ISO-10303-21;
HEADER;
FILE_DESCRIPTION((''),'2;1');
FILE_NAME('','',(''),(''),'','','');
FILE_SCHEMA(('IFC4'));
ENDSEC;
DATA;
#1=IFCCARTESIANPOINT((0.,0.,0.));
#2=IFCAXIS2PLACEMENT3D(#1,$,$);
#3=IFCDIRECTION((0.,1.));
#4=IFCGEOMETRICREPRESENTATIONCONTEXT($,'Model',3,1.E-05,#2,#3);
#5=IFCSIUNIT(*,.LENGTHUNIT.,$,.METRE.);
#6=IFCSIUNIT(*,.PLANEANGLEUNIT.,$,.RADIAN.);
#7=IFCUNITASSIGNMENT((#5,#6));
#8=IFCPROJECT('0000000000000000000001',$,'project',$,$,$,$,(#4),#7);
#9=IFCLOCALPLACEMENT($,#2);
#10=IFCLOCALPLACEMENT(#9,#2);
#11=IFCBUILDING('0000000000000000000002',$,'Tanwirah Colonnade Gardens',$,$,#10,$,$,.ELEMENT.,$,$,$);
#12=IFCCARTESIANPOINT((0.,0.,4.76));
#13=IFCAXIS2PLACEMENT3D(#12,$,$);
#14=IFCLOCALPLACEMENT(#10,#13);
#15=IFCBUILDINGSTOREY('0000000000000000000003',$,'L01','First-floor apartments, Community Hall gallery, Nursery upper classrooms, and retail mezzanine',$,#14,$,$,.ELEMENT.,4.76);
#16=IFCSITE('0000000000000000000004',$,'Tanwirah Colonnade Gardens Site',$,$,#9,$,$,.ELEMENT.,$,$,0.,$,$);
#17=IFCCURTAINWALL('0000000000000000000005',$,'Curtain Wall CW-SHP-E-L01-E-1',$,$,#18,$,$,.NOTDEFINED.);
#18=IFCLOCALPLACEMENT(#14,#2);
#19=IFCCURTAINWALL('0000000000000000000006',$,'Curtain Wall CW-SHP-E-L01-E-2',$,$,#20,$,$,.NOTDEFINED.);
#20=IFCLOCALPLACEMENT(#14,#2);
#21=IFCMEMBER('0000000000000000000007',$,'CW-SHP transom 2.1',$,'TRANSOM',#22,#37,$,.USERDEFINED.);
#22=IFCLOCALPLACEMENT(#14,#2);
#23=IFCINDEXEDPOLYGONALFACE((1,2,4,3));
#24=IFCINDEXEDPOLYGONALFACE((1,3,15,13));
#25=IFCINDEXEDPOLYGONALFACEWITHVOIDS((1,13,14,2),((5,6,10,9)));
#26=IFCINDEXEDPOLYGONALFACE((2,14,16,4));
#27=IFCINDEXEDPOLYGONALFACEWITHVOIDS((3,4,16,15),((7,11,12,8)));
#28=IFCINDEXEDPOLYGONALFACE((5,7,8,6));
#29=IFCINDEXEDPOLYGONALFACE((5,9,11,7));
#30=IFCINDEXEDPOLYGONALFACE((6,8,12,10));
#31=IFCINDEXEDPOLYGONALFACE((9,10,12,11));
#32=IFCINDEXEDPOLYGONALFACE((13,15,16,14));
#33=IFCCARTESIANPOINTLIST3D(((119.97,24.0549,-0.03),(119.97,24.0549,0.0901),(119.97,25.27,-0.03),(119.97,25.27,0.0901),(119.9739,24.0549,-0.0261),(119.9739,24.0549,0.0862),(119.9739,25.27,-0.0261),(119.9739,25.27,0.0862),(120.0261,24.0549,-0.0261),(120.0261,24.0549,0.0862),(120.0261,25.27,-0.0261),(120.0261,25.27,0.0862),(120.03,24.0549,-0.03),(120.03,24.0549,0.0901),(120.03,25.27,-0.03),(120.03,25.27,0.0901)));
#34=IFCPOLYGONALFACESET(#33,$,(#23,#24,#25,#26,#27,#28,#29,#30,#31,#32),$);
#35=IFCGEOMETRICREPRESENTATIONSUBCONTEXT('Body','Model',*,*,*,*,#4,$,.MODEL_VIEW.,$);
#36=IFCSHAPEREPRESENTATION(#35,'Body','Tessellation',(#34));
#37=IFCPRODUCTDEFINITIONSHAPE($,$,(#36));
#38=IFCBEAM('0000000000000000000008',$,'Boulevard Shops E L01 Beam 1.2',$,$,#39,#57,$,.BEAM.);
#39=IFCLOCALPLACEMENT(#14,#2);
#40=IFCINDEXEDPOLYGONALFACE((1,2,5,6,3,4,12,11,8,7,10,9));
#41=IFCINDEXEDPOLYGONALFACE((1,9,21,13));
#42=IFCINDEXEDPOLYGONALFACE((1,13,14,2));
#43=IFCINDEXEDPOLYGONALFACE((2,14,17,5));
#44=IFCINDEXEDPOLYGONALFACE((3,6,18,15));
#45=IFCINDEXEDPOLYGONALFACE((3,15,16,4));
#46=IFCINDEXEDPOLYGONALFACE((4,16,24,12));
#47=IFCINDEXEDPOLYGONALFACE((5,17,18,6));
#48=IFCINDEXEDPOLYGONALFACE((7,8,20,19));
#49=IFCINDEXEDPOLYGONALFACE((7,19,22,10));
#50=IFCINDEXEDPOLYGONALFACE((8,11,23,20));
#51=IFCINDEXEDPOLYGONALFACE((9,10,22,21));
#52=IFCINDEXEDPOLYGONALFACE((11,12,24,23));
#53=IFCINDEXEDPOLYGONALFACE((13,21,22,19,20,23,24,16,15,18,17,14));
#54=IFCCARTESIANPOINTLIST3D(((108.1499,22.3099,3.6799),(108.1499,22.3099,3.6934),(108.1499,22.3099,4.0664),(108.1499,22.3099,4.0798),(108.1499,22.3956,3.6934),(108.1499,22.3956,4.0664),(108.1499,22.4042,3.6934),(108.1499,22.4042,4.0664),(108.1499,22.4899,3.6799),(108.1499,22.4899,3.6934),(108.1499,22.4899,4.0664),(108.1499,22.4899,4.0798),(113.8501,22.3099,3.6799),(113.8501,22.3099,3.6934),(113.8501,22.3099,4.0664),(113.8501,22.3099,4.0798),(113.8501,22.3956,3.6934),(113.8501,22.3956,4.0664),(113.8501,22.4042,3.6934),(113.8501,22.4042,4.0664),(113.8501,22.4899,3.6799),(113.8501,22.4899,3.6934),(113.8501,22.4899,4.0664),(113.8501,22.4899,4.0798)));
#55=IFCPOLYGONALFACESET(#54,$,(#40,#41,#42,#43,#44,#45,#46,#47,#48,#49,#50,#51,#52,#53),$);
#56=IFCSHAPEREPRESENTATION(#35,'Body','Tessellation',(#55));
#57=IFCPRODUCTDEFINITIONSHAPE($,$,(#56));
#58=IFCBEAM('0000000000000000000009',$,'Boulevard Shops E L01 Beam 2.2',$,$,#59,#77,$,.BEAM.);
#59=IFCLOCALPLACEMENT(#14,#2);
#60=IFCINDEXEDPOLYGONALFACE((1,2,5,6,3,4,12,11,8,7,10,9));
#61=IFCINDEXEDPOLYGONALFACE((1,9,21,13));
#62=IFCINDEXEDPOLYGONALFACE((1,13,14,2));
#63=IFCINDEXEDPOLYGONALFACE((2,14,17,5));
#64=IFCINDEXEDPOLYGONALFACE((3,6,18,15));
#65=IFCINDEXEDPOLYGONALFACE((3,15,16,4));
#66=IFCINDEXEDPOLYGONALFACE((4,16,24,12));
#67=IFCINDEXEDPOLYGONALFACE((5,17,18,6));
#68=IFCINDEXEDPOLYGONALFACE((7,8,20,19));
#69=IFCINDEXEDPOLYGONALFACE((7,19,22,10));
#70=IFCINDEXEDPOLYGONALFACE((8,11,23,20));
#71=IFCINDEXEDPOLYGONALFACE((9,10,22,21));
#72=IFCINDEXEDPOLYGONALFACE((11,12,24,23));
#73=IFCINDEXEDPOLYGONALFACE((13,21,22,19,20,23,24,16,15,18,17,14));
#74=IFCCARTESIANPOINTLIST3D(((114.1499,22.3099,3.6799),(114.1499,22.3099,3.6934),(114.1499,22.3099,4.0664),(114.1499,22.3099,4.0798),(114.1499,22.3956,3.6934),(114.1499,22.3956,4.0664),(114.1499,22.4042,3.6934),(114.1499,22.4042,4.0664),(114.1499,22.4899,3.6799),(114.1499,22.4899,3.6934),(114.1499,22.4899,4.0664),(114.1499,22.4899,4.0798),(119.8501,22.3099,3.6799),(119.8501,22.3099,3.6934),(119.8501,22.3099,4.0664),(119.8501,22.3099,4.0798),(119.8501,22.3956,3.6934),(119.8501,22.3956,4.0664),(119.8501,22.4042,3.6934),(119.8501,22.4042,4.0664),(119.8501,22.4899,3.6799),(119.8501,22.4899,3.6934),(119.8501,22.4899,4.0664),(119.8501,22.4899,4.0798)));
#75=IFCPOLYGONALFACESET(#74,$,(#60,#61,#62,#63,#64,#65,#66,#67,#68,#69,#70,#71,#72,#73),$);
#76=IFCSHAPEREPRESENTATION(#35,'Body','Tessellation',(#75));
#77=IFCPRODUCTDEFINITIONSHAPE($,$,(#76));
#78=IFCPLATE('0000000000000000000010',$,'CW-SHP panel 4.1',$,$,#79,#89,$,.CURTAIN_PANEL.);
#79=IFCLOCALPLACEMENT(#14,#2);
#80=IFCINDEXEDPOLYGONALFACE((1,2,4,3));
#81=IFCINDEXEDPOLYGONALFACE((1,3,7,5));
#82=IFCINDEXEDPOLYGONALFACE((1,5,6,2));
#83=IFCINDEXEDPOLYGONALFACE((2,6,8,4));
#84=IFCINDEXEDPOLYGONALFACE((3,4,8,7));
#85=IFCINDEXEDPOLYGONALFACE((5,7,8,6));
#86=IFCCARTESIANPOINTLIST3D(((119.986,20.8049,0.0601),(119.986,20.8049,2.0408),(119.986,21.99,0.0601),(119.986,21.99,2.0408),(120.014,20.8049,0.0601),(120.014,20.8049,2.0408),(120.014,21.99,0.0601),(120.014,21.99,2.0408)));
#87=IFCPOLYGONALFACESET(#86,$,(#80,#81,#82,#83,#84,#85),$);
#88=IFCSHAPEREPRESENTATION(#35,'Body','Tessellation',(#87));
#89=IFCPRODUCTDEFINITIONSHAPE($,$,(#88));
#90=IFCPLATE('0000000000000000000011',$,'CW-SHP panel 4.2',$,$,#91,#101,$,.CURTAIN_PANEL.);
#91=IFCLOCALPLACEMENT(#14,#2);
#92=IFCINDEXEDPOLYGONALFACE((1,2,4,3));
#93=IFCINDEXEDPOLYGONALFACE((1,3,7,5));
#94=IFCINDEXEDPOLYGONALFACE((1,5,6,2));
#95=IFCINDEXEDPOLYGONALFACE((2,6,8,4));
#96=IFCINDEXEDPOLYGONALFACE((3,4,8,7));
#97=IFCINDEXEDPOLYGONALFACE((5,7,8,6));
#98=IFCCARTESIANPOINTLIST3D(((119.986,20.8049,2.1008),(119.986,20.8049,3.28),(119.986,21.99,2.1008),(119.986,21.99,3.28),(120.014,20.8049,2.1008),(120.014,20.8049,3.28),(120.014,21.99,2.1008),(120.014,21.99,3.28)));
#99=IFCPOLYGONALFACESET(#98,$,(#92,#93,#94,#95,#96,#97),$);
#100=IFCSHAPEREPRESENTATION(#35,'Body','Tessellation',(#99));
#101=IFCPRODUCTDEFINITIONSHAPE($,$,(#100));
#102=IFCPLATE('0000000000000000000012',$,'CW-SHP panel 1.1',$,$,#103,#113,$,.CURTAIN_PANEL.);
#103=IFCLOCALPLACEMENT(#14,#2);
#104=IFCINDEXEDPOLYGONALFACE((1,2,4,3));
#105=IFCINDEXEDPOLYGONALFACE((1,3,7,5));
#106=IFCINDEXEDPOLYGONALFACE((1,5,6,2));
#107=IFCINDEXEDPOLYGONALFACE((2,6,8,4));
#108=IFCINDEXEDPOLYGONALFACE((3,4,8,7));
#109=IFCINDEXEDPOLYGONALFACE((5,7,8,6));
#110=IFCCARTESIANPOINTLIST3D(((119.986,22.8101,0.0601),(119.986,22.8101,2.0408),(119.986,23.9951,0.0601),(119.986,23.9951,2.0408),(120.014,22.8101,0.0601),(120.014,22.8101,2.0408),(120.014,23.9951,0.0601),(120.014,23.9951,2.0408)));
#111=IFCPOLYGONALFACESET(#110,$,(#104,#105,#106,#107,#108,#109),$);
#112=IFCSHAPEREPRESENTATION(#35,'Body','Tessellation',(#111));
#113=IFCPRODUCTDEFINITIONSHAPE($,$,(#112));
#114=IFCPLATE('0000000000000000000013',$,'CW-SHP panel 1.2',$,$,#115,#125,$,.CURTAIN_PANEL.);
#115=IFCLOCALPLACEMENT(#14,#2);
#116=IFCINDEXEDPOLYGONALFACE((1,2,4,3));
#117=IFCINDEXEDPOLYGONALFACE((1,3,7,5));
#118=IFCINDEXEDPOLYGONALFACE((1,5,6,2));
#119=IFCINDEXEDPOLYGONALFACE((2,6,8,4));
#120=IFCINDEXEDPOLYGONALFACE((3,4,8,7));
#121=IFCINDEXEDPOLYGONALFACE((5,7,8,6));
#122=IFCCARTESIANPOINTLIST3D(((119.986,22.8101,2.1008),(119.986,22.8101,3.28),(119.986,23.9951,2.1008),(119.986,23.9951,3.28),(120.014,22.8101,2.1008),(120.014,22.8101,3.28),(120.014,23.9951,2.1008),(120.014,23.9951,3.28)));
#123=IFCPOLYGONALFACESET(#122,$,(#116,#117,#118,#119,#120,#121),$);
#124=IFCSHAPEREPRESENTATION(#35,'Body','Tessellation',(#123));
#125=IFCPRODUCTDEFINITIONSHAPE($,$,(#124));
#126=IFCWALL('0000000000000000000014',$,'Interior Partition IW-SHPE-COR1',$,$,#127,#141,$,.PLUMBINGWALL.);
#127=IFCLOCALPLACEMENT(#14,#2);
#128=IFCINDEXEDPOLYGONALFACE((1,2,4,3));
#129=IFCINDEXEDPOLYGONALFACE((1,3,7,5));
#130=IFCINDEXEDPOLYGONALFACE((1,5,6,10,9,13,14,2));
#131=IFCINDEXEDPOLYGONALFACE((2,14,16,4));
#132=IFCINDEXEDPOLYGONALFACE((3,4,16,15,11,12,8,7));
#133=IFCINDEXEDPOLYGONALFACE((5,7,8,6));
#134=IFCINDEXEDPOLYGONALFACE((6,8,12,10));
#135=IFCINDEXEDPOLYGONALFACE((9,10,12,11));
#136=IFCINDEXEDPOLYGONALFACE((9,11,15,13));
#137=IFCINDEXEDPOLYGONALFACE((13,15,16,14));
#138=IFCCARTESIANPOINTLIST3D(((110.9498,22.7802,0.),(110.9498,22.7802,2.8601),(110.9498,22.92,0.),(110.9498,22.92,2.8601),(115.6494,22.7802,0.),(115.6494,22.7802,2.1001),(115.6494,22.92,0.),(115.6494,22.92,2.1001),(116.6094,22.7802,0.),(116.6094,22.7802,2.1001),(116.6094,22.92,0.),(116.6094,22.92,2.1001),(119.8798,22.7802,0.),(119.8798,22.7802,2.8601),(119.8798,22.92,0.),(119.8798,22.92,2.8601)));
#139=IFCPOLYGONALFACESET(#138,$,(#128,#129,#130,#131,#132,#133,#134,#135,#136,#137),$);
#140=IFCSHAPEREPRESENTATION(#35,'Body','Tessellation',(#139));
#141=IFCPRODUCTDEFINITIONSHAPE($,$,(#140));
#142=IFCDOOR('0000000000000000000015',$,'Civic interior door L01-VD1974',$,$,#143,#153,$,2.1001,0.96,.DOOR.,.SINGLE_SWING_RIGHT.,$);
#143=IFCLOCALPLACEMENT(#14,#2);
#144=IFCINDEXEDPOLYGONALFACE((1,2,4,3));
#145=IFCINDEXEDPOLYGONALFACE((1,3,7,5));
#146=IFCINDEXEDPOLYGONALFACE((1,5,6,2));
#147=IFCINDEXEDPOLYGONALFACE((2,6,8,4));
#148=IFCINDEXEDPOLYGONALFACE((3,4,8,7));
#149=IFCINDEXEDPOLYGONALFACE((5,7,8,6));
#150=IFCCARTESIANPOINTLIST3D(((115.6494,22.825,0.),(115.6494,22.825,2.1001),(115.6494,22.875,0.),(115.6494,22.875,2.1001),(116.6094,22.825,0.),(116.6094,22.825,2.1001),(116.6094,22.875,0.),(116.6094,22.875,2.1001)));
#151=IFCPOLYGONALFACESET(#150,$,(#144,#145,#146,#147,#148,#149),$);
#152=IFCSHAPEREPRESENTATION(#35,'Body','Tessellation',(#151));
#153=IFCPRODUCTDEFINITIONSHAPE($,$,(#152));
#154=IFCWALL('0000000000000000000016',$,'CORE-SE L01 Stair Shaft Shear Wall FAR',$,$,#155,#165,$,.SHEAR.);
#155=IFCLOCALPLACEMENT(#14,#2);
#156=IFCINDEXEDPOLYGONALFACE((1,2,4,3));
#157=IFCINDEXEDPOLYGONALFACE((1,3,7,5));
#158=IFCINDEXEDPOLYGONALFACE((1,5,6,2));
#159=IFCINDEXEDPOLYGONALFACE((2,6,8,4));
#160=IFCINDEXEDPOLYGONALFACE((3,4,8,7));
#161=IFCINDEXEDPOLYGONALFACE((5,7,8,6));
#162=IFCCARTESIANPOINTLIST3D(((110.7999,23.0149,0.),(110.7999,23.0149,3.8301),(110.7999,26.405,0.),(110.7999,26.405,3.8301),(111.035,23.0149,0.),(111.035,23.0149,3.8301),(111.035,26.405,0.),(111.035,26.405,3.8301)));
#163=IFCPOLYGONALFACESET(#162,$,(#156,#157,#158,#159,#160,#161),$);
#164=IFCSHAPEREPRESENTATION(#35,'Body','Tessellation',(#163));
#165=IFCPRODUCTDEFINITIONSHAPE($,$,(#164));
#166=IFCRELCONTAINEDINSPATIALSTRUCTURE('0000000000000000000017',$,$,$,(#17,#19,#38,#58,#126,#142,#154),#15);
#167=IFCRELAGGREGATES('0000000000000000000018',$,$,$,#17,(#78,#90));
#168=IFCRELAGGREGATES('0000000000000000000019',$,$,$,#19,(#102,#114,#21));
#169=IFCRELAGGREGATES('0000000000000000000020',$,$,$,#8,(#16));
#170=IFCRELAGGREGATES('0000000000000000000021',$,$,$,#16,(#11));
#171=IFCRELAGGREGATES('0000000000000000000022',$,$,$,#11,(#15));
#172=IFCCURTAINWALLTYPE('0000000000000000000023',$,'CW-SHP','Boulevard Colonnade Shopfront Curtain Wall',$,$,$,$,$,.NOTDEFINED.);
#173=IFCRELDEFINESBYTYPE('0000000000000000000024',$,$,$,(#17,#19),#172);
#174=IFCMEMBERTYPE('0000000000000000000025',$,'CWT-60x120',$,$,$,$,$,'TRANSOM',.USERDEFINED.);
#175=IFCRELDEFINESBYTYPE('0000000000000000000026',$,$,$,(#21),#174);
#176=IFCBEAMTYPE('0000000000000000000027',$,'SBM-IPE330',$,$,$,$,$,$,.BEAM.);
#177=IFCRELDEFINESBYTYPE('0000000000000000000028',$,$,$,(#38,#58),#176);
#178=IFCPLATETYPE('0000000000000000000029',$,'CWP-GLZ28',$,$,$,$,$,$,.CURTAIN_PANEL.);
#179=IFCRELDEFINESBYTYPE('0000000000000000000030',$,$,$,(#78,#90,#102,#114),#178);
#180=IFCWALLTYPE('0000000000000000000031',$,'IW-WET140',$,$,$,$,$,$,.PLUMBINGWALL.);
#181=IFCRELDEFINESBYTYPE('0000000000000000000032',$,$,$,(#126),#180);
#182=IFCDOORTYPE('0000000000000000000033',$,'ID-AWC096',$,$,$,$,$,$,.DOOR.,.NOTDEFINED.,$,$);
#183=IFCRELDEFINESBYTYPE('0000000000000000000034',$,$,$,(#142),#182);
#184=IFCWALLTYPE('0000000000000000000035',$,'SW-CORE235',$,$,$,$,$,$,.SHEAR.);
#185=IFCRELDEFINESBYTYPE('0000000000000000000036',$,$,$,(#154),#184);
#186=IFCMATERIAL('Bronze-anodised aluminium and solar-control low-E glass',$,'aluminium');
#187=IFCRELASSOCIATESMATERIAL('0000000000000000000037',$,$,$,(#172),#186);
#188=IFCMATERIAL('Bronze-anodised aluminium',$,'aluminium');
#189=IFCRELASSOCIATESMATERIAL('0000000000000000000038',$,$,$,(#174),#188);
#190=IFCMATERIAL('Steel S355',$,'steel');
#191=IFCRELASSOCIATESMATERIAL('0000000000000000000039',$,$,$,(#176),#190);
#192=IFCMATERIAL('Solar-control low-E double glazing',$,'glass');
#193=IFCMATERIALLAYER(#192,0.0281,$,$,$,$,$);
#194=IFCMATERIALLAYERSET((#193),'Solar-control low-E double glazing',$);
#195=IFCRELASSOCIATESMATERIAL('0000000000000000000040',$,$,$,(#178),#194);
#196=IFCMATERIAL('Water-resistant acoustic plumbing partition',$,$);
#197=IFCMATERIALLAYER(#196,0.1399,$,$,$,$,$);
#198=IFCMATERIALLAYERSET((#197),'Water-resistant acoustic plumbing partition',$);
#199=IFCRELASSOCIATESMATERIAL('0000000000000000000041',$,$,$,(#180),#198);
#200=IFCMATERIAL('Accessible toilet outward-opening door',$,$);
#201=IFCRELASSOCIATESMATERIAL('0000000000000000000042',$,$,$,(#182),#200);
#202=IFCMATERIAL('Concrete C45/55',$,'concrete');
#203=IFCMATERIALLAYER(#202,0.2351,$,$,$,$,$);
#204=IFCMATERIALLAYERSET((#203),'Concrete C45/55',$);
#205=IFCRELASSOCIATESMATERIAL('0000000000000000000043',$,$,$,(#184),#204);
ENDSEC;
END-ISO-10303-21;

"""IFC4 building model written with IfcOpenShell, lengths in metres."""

from ifc_helpers import new_model, si_unit, direction, frame, frame_2d, origin, origin_2d, place, context, subcontext, project, spatial, rectangle, hollow_rectangle, i_section, extrude, material, layer, layer_set, material_profile, profile_set, type_object, element, fill, aggregate, save


model = new_model("IFC4")

# Units and contexts
model_context = context("Model", 3, precision=1e-05, world=origin(), true_north=direction((0.0, 1.0)))
body_context = subcontext(model_context, "Body", "Model", "MODEL_VIEW")
ifc_project = project(units=[si_unit("LENGTHUNIT", "METRE"), si_unit("PLANEANGLEUNIT", "RADIAN")], contexts=[model_context])

# Site, building, storey
site_placement = place(None, origin())
site = spatial("IfcSite", under=ifc_project, at=site_placement, Name="Tanwirah Colonnade Gardens Site", CompositionType="ELEMENT", RefElevation=0.0)
building_placement = place(site_placement, origin())
building = spatial("IfcBuilding", under=site, at=building_placement, Name="Tanwirah Colonnade Gardens", CompositionType="ELEMENT")
storey_placement = place(building_placement, frame((0.0, 0.0, 4.76)))
storey = spatial("IfcBuildingStorey", under=building, at=storey_placement, Name="L01", Description="First-floor apartments, Community Hall gallery, Nursery upper classrooms, and retail mezzanine", CompositionType="ELEMENT", Elevation=4.76)

# Curtain wall
ifc_material_1 = material(Name="Bronze-anodised aluminium and solar-control low-E glass", Category="aluminium")
curtain_wall_type = type_object("IfcCurtainWallType", Name="CW-SHP", Description="Boulevard Colonnade Shopfront Curtain Wall", PredefinedType="NOTDEFINED", material=ifc_material_1)
curtain_wall_1_placement = place(storey_placement, origin())
curtain_wall_1 = element("IfcCurtainWall", 1, at=curtain_wall_1_placement, inside=storey, type_object=curtain_wall_type, Name="Curtain Wall CW-SHP-E-L01-E-1", PredefinedType="NOTDEFINED")
ifc_material_2 = material(Name="Bronze-anodised aluminium", Category="aluminium")

# Curtain wall
curtain_wall_2_placement = place(storey_placement, origin())
curtain_wall_2 = element("IfcCurtainWall", 2, at=curtain_wall_2_placement, inside=storey, type_object=curtain_wall_type, Name="Curtain Wall CW-SHP-E-L01-E-2", PredefinedType="NOTDEFINED")

# Member
ifc_material_profile_1 = material_profile(ifc_material_2, hollow_rectangle(XDim=0.0601, YDim=0.1201, WallThickness=0.0039, at=origin_2d()), Name="CW-TRN 60x120x4")
ifc_profile_set_1 = profile_set([ifc_material_profile_1], Name="Bronze-anodised aluminium")
member_type_1 = type_object("IfcMemberType", Name="CWT-60x120", ElementType="TRANSOM", PredefinedType="USERDEFINED", material=ifc_profile_set_1)
member_1_placement = place(storey_placement, frame((120.0, 24.0549, 0.03), z_axis=(0.0, 1.0, 0.0), x_axis=(-1.0, 0.0, 0.0)))
member_1 = element("IfcMember", 3, at=member_1_placement, type_object=member_type_1, Name="CW-SHP transom 2.1", ObjectType="TRANSOM", PredefinedType="USERDEFINED", context=body_context, shape_type="SweptSolid", body=[
    extrude(hollow_rectangle(XDim=0.0601, YDim=0.1201, WallThickness=0.0039, at=origin_2d()), origin(), (0.0, 0.0, 1.0), 1.2151),
])

# Beams
ifc_material_3 = material(Name="Steel S355", Category="steel")
ifc_material_profile_2 = material_profile(ifc_material_3, i_section(OverallWidth=0.1799, OverallDepth=0.3999, WebThickness=0.0085, FlangeThickness=0.0134, at=origin_2d()), Name="IPE 400")
ifc_profile_set_2 = profile_set([ifc_material_profile_2], Name="Steel S355")
beam_type = type_object("IfcBeamType", Name="SBM-IPE330", PredefinedType="BEAM", material=ifc_profile_set_2)
for number, where, z_axis, x_axis, name in (
    (4, (108.1499, 22.3999, 3.8799), (1.0, 0.0, 0.0), (0.0, 1.0, 0.0), "Boulevard Shops E L01 Beam 1.2"),
    (5, (114.1499, 22.3999, 3.8799), (1.0, 0.0, 0.0), (0.0, 1.0, 0.0), "Boulevard Shops E L01 Beam 2.2"),
):
    element("IfcBeam", number, at=place(storey_placement, frame(where, z_axis=z_axis, x_axis=x_axis)), inside=storey, type_object=beam_type, Name=name, PredefinedType="BEAM", context=body_context, shape_type="SweptSolid", body=[
        extrude(i_section(OverallWidth=0.1799, OverallDepth=0.3999, WebThickness=0.0085, FlangeThickness=0.0134, at=origin_2d()), origin(), (0.0, 0.0, 1.0), 5.7002),
    ])

# Plates
ifc_material_4 = material(Name="Solar-control low-E double glazing", Category="glass")
ifc_layer_1 = layer(ifc_material_4, 0.0281)
ifc_layer_set_1 = layer_set([ifc_layer_1], Name="Solar-control low-E double glazing")
plate_type = type_object("IfcPlateType", Name="CWP-GLZ28", PredefinedType="CURTAIN_PANEL", material=ifc_layer_set_1)
plate_1_placement = place(storey_placement, frame((120.0, 21.3975, 0.0601), z_axis=(0.0, 0.0, 1.0), x_axis=(0.0, 1.0, 0.0)))
plate_1 = element("IfcPlate", 6, at=plate_1_placement, type_object=plate_type, Name="CW-SHP panel 4.1", PredefinedType="CURTAIN_PANEL", context=body_context, shape_type="SweptSolid", body=[
    extrude(rectangle(XDim=1.1851, YDim=0.0281, at=origin_2d()), origin(), (0.0, 0.0, 1.0), 1.9807),
])
plate_2_placement = place(storey_placement, frame((120.0, 21.3975, 2.1008), z_axis=(0.0, 0.0, 1.0), x_axis=(0.0, 1.0, 0.0)))
plate_2 = element("IfcPlate", 7, at=plate_2_placement, type_object=plate_type, Name="CW-SHP panel 4.2", PredefinedType="CURTAIN_PANEL", context=body_context, shape_type="SweptSolid", body=[
    extrude(rectangle(XDim=1.1851, YDim=0.0281, at=origin_2d()), origin(), (0.0, 0.0, 1.0), 1.1792),
])
aggregate(curtain_wall_1, [plate_1, plate_2])
plate_3_placement = place(storey_placement, frame((120.0, 23.4026, 0.0601), z_axis=(0.0, 0.0, 1.0), x_axis=(0.0, 1.0, 0.0)))
plate_3 = element("IfcPlate", 8, at=plate_3_placement, type_object=plate_type, Name="CW-SHP panel 1.1", PredefinedType="CURTAIN_PANEL", context=body_context, shape_type="SweptSolid", body=[
    extrude(rectangle(XDim=1.1851, YDim=0.0281, at=origin_2d()), origin(), (0.0, 0.0, 1.0), 1.9807),
])
plate_4_placement = place(storey_placement, frame((120.0, 23.4026, 2.1008), z_axis=(0.0, 0.0, 1.0), x_axis=(0.0, 1.0, 0.0)))
plate_4 = element("IfcPlate", 9, at=plate_4_placement, type_object=plate_type, Name="CW-SHP panel 1.2", PredefinedType="CURTAIN_PANEL", context=body_context, shape_type="SweptSolid", body=[
    extrude(rectangle(XDim=1.1851, YDim=0.0281, at=origin_2d()), origin(), (0.0, 0.0, 1.0), 1.1792),
])
aggregate(curtain_wall_2, [plate_3, plate_4, member_1])

# Wall, opening, door
ifc_material_5 = material(Name="Water-resistant acoustic plumbing partition")
ifc_layer_2 = layer(ifc_material_5, 0.1399)
ifc_layer_set_2 = layer_set([ifc_layer_2], Name="Water-resistant acoustic plumbing partition")
wall_type_1 = type_object("IfcWallType", Name="IW-WET140", PredefinedType="PLUMBINGWALL", material=ifc_layer_set_2)
wall_1_placement = place(storey_placement, frame((110.95, 22.8501, 0.0), z_axis=(0.0, 0.0, 1.0), x_axis=(1.0, 0.0, 0.0)))
wall_1 = element("IfcWall", 10, at=wall_1_placement, inside=storey, type_object=wall_type_1, Name="Interior Partition IW-SHPE-COR1", PredefinedType="PLUMBINGWALL", context=body_context, shape_type="SweptSolid", body=[
    extrude(rectangle(XDim=8.9299, YDim=0.1399, at=frame_2d((4.4648, 0.0))), origin(), (0.0, 0.0, 1.0), 2.8601),
])
opening_placement = place(wall_1_placement, frame((4.6995, 0.0, 0.0)))
opening = element("IfcOpeningElement", 11, at=opening_placement, cuts=wall_1, PredefinedType="OPENING", context=body_context, shape_type="SweptSolid", body=[
    extrude(rectangle(XDim=0.96, YDim=2.1001, at=frame_2d((0.48, 1.05))), frame((0.0, 0.0798, 0.0), z_axis=(0.0, -1.0, 0.0), x_axis=(1.0, 0.0, 0.0)), (0.0, 0.0, 1.0), 0.1599),
])
ifc_material_6 = material(Name="Accessible toilet outward-opening door")
door_type = type_object("IfcDoorType", Name="ID-AWC096", OperationType="NOTDEFINED", PredefinedType="DOOR", material=ifc_material_6)
door_placement = place(opening_placement, origin())
door = element("IfcDoor", 12, at=door_placement, inside=storey, type_object=door_type, Name="Civic interior door L01-VD1974", OperationType="SINGLE_SWING_RIGHT", OverallHeight=2.1001, OverallWidth=0.96, PredefinedType="DOOR", context=body_context, shape_type="SweptSolid", body=[
    extrude(rectangle(XDim=0.96, YDim=2.1001, at=frame_2d((0.48, 1.05))), frame((0.0, 0.0249, 0.0), z_axis=(0.0, -1.0, 0.0), x_axis=(1.0, 0.0, 0.0)), (0.0, 0.0, 1.0), 0.05),
])
fill(opening, door)

# Wall
ifc_material_7 = material(Name="Concrete C45/55", Category="concrete")
ifc_layer_3 = layer(ifc_material_7, 0.2351)
ifc_layer_set_3 = layer_set([ifc_layer_3], Name="Concrete C45/55")
wall_type_2 = type_object("IfcWallType", Name="SW-CORE235", PredefinedType="SHEAR", material=ifc_layer_set_3)
wall_2_placement = place(storey_placement, frame((110.9175, 23.0149, 0.0), z_axis=(0.0, 0.0, 1.0), x_axis=(0.0, 1.0, 0.0)))
element("IfcWall", 13, at=wall_2_placement, inside=storey, type_object=wall_type_2, Name="CORE-SE L01 Stair Shaft Shear Wall FAR", PredefinedType="SHEAR", context=body_context, shape_type="SweptSolid", body=[
    extrude(rectangle(XDim=3.3901, YDim=0.2351, at=frame_2d((1.6951, 0.0))), origin(), (0.0, 0.0, 1.0), 3.8301),
])

save(model, "model.ifc")
